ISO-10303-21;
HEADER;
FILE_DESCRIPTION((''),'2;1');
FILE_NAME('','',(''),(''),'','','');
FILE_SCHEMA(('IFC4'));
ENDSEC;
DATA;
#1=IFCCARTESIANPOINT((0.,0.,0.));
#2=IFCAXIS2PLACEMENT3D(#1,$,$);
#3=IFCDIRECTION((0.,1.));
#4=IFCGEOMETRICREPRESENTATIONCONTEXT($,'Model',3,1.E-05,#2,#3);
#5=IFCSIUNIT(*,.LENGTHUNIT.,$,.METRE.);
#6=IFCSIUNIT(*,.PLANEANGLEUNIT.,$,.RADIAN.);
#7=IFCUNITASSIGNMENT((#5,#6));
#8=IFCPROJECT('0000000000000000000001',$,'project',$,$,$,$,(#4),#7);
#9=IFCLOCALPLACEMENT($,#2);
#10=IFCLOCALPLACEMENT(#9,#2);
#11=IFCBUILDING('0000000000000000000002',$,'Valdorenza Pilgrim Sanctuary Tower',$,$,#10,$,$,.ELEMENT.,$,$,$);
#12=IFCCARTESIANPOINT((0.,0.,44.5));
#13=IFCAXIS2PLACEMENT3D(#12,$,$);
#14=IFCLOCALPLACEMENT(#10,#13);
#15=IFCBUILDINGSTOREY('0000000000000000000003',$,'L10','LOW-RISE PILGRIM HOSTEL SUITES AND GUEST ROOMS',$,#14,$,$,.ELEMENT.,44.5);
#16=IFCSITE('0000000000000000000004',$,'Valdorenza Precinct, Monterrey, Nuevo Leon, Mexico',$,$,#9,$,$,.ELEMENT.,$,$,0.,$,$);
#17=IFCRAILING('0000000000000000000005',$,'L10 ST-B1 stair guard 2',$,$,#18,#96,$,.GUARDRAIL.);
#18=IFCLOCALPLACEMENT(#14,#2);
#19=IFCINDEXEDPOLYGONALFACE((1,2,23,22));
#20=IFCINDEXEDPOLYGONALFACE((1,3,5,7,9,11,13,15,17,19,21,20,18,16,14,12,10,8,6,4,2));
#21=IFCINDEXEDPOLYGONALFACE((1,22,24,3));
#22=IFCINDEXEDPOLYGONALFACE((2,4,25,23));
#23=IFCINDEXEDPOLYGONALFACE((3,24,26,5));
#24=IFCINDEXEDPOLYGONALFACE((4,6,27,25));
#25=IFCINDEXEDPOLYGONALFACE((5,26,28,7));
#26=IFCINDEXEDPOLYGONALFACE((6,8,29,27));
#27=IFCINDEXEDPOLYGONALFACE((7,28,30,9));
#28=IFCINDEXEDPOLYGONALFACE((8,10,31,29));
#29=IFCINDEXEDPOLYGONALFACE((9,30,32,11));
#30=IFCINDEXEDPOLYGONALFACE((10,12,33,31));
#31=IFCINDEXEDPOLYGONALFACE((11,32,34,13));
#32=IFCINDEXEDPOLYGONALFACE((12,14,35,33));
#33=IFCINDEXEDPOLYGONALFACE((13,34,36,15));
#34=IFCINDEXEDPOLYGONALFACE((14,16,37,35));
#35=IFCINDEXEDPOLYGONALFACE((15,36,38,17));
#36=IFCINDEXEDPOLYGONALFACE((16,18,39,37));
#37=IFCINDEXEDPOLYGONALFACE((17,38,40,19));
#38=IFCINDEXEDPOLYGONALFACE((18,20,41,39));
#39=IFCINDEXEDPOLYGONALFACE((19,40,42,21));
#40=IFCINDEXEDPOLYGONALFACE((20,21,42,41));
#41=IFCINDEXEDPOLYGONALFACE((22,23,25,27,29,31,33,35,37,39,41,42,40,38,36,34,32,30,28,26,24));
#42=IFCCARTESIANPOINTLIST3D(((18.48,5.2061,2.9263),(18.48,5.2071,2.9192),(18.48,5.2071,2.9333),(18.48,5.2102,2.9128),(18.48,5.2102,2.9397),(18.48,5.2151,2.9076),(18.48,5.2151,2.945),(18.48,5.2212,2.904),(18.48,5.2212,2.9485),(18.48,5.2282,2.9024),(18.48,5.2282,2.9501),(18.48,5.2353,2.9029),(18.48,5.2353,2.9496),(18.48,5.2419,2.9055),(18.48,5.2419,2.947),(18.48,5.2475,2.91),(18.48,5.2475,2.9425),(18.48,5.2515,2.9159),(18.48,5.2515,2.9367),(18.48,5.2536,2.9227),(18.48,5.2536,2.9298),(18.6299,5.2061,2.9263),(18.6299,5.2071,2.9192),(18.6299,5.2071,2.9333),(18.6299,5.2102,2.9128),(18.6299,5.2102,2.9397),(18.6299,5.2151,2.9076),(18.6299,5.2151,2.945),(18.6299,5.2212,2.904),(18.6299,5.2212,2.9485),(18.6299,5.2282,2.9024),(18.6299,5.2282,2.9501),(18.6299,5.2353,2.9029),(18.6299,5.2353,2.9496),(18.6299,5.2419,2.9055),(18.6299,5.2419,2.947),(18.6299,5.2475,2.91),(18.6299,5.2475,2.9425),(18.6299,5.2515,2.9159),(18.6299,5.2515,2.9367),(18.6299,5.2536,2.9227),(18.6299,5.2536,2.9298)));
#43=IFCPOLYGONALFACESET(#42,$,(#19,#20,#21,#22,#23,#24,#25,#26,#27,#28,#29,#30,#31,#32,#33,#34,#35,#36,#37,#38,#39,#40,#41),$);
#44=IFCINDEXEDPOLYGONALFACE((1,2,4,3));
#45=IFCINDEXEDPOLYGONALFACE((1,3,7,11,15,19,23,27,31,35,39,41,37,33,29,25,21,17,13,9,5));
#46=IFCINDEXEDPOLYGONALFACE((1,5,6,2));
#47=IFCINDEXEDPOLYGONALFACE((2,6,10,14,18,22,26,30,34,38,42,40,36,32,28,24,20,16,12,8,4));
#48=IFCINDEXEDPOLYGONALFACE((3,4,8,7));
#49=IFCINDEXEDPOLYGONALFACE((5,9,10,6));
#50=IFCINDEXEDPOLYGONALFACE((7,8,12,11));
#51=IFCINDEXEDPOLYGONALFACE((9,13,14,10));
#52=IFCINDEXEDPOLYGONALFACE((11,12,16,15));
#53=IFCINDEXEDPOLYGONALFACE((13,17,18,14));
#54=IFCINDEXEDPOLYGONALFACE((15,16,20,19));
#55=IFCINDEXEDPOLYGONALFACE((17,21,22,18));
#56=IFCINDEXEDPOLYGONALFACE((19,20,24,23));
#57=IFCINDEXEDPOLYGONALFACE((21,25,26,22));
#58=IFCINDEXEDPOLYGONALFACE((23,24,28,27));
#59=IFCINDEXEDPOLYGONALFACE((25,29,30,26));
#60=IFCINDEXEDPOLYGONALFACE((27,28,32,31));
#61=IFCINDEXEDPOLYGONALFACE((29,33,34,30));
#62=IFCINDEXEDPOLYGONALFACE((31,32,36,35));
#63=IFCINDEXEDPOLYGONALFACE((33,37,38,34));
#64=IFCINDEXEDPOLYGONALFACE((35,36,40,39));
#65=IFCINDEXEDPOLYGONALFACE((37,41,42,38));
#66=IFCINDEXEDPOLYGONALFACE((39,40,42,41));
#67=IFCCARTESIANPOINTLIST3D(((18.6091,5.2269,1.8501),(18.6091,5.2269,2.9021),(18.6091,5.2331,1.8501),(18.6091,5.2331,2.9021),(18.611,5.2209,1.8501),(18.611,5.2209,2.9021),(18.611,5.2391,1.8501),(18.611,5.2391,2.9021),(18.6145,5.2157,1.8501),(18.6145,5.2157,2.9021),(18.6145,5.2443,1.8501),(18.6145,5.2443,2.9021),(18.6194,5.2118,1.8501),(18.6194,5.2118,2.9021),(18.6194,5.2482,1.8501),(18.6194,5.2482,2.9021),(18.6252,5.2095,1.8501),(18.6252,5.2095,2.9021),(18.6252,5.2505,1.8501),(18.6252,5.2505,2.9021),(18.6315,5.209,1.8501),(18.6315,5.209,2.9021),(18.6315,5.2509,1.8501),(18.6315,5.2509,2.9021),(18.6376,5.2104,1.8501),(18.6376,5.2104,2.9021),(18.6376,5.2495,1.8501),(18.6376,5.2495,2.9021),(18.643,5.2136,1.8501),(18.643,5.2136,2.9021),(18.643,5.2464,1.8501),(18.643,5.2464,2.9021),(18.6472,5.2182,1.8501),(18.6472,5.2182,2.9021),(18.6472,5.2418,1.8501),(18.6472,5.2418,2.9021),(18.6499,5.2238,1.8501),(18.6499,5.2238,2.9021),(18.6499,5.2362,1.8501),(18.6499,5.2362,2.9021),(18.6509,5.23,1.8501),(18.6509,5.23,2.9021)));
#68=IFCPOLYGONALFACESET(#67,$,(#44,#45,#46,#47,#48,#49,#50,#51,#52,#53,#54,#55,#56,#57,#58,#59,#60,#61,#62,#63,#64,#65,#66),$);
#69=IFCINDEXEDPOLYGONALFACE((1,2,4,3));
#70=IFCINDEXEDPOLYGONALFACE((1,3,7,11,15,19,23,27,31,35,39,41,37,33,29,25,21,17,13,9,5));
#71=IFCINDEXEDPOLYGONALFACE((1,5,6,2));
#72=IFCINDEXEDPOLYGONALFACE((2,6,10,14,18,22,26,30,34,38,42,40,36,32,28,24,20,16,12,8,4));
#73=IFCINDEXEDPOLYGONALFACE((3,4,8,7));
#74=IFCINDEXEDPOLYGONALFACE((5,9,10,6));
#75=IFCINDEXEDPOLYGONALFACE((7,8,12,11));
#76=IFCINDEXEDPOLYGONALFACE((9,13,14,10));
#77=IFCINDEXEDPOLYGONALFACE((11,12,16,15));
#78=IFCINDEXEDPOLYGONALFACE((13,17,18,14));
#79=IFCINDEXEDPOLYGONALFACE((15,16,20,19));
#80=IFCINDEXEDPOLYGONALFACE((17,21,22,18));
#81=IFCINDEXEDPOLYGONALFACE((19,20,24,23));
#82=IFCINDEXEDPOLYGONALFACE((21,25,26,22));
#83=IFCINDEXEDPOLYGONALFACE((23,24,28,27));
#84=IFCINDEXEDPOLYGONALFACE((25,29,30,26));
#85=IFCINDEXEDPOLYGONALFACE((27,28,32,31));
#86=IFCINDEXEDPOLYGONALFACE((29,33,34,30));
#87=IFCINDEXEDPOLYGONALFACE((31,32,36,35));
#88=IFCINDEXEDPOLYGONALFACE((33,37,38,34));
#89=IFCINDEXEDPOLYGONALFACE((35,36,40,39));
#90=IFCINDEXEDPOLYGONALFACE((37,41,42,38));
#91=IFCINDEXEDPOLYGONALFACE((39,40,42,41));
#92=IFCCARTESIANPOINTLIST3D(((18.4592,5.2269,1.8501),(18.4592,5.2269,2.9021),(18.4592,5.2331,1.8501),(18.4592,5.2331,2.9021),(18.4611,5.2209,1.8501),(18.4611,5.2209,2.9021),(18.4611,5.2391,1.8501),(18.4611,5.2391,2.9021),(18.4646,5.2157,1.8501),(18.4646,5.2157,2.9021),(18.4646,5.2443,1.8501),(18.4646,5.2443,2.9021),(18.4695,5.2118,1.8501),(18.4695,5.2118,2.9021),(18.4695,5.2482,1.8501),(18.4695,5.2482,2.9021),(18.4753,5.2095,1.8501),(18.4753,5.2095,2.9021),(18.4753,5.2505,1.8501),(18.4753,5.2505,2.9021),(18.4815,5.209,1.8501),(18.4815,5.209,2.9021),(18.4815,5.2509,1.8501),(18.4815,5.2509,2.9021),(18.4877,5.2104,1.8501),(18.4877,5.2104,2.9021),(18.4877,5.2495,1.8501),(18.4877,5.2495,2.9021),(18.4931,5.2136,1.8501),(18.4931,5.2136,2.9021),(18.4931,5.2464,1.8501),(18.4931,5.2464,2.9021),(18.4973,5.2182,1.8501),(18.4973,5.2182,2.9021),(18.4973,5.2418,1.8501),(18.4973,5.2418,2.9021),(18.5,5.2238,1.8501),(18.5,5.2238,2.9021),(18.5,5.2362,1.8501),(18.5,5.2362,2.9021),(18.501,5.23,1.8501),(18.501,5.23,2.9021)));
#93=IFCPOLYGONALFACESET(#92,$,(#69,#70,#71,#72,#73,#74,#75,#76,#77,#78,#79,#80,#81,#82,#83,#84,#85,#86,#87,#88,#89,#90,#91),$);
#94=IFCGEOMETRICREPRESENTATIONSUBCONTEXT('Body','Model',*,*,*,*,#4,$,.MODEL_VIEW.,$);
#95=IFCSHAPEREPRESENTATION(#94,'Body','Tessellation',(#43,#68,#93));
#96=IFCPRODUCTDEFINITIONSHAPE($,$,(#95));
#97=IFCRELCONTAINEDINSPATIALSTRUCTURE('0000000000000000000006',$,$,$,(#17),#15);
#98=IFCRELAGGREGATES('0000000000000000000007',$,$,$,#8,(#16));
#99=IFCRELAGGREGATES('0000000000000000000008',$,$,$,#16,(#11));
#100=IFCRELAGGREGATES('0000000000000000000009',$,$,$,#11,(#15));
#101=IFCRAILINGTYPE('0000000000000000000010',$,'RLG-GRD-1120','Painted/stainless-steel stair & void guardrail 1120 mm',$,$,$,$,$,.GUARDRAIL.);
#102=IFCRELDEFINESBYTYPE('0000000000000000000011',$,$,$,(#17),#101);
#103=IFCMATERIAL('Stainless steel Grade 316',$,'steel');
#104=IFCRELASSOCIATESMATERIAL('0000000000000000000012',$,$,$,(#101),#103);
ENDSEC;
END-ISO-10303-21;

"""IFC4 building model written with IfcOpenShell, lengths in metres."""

from ifc_helpers import new_model, si_unit, direction, frame, origin, origin_2d, place, context, subcontext, project, spatial, circle, extrude, material, type_object, element, save


model = new_model("IFC4")

# Units and contexts
model_context = context("Model", 3, precision=1e-05, world=origin(), true_north=direction((0.0, 1.0)))
body_context = subcontext(model_context, "Body", "Model", "MODEL_VIEW")
ifc_project = project(units=[si_unit("LENGTHUNIT", "METRE"), si_unit("PLANEANGLEUNIT", "RADIAN")], contexts=[model_context])

# Site, building, storey
site_placement = place(None, origin())
site = spatial("IfcSite", under=ifc_project, at=site_placement, Name="Valdorenza Precinct, Monterrey, Nuevo Leon, Mexico", CompositionType="ELEMENT", RefElevation=0.0)
building_placement = place(site_placement, origin())
building = spatial("IfcBuilding", under=site, at=building_placement, Name="Valdorenza Pilgrim Sanctuary Tower", CompositionType="ELEMENT")
storey_placement = place(building_placement, frame((0.0, 0.0, 44.5)))
storey = spatial("IfcBuildingStorey", under=building, at=storey_placement, Name="L10", Description="LOW-RISE PILGRIM HOSTEL SUITES AND GUEST ROOMS", CompositionType="ELEMENT", Elevation=44.5)

# Railing
ifc_material_1 = material(Name="Stainless steel Grade 316", Category="steel")
railing_type_1 = type_object("IfcRailingType", Name="RLG-GRD-1120", Description="Painted/stainless-steel stair & void guardrail 1120 mm", PredefinedType="GUARDRAIL", material=ifc_material_1)
railing_1_placement = place(storey_placement, frame((18.6299, 5.23, 1.8501)))
element("IfcRailing", 1, at=railing_1_placement, inside=storey, type_object=railing_type_1, Name="L10 ST-B1 stair guard 2", PredefinedType="GUARDRAIL", context=body_context, shape_type="SweptSolid", body=[
    extrude(circle(Radius=0.0239, at=origin_2d()), frame((0.0, 0.0, 1.0762), z_axis=(-1.0, 0.0, 0.0), x_axis=(0.0, -1.0, 0.0)), (0.0, 0.0, 1.0), 0.1499),
    extrude(circle(Radius=0.021, at=origin_2d()), origin(), (0.0, 0.0, 1.0), 1.052),
    extrude(circle(Radius=0.021, at=origin_2d()), frame((-0.1499, 0.0, 0.0)), (0.0, 0.0, 1.0), 1.052),
])

save(model, "model.ifc")
